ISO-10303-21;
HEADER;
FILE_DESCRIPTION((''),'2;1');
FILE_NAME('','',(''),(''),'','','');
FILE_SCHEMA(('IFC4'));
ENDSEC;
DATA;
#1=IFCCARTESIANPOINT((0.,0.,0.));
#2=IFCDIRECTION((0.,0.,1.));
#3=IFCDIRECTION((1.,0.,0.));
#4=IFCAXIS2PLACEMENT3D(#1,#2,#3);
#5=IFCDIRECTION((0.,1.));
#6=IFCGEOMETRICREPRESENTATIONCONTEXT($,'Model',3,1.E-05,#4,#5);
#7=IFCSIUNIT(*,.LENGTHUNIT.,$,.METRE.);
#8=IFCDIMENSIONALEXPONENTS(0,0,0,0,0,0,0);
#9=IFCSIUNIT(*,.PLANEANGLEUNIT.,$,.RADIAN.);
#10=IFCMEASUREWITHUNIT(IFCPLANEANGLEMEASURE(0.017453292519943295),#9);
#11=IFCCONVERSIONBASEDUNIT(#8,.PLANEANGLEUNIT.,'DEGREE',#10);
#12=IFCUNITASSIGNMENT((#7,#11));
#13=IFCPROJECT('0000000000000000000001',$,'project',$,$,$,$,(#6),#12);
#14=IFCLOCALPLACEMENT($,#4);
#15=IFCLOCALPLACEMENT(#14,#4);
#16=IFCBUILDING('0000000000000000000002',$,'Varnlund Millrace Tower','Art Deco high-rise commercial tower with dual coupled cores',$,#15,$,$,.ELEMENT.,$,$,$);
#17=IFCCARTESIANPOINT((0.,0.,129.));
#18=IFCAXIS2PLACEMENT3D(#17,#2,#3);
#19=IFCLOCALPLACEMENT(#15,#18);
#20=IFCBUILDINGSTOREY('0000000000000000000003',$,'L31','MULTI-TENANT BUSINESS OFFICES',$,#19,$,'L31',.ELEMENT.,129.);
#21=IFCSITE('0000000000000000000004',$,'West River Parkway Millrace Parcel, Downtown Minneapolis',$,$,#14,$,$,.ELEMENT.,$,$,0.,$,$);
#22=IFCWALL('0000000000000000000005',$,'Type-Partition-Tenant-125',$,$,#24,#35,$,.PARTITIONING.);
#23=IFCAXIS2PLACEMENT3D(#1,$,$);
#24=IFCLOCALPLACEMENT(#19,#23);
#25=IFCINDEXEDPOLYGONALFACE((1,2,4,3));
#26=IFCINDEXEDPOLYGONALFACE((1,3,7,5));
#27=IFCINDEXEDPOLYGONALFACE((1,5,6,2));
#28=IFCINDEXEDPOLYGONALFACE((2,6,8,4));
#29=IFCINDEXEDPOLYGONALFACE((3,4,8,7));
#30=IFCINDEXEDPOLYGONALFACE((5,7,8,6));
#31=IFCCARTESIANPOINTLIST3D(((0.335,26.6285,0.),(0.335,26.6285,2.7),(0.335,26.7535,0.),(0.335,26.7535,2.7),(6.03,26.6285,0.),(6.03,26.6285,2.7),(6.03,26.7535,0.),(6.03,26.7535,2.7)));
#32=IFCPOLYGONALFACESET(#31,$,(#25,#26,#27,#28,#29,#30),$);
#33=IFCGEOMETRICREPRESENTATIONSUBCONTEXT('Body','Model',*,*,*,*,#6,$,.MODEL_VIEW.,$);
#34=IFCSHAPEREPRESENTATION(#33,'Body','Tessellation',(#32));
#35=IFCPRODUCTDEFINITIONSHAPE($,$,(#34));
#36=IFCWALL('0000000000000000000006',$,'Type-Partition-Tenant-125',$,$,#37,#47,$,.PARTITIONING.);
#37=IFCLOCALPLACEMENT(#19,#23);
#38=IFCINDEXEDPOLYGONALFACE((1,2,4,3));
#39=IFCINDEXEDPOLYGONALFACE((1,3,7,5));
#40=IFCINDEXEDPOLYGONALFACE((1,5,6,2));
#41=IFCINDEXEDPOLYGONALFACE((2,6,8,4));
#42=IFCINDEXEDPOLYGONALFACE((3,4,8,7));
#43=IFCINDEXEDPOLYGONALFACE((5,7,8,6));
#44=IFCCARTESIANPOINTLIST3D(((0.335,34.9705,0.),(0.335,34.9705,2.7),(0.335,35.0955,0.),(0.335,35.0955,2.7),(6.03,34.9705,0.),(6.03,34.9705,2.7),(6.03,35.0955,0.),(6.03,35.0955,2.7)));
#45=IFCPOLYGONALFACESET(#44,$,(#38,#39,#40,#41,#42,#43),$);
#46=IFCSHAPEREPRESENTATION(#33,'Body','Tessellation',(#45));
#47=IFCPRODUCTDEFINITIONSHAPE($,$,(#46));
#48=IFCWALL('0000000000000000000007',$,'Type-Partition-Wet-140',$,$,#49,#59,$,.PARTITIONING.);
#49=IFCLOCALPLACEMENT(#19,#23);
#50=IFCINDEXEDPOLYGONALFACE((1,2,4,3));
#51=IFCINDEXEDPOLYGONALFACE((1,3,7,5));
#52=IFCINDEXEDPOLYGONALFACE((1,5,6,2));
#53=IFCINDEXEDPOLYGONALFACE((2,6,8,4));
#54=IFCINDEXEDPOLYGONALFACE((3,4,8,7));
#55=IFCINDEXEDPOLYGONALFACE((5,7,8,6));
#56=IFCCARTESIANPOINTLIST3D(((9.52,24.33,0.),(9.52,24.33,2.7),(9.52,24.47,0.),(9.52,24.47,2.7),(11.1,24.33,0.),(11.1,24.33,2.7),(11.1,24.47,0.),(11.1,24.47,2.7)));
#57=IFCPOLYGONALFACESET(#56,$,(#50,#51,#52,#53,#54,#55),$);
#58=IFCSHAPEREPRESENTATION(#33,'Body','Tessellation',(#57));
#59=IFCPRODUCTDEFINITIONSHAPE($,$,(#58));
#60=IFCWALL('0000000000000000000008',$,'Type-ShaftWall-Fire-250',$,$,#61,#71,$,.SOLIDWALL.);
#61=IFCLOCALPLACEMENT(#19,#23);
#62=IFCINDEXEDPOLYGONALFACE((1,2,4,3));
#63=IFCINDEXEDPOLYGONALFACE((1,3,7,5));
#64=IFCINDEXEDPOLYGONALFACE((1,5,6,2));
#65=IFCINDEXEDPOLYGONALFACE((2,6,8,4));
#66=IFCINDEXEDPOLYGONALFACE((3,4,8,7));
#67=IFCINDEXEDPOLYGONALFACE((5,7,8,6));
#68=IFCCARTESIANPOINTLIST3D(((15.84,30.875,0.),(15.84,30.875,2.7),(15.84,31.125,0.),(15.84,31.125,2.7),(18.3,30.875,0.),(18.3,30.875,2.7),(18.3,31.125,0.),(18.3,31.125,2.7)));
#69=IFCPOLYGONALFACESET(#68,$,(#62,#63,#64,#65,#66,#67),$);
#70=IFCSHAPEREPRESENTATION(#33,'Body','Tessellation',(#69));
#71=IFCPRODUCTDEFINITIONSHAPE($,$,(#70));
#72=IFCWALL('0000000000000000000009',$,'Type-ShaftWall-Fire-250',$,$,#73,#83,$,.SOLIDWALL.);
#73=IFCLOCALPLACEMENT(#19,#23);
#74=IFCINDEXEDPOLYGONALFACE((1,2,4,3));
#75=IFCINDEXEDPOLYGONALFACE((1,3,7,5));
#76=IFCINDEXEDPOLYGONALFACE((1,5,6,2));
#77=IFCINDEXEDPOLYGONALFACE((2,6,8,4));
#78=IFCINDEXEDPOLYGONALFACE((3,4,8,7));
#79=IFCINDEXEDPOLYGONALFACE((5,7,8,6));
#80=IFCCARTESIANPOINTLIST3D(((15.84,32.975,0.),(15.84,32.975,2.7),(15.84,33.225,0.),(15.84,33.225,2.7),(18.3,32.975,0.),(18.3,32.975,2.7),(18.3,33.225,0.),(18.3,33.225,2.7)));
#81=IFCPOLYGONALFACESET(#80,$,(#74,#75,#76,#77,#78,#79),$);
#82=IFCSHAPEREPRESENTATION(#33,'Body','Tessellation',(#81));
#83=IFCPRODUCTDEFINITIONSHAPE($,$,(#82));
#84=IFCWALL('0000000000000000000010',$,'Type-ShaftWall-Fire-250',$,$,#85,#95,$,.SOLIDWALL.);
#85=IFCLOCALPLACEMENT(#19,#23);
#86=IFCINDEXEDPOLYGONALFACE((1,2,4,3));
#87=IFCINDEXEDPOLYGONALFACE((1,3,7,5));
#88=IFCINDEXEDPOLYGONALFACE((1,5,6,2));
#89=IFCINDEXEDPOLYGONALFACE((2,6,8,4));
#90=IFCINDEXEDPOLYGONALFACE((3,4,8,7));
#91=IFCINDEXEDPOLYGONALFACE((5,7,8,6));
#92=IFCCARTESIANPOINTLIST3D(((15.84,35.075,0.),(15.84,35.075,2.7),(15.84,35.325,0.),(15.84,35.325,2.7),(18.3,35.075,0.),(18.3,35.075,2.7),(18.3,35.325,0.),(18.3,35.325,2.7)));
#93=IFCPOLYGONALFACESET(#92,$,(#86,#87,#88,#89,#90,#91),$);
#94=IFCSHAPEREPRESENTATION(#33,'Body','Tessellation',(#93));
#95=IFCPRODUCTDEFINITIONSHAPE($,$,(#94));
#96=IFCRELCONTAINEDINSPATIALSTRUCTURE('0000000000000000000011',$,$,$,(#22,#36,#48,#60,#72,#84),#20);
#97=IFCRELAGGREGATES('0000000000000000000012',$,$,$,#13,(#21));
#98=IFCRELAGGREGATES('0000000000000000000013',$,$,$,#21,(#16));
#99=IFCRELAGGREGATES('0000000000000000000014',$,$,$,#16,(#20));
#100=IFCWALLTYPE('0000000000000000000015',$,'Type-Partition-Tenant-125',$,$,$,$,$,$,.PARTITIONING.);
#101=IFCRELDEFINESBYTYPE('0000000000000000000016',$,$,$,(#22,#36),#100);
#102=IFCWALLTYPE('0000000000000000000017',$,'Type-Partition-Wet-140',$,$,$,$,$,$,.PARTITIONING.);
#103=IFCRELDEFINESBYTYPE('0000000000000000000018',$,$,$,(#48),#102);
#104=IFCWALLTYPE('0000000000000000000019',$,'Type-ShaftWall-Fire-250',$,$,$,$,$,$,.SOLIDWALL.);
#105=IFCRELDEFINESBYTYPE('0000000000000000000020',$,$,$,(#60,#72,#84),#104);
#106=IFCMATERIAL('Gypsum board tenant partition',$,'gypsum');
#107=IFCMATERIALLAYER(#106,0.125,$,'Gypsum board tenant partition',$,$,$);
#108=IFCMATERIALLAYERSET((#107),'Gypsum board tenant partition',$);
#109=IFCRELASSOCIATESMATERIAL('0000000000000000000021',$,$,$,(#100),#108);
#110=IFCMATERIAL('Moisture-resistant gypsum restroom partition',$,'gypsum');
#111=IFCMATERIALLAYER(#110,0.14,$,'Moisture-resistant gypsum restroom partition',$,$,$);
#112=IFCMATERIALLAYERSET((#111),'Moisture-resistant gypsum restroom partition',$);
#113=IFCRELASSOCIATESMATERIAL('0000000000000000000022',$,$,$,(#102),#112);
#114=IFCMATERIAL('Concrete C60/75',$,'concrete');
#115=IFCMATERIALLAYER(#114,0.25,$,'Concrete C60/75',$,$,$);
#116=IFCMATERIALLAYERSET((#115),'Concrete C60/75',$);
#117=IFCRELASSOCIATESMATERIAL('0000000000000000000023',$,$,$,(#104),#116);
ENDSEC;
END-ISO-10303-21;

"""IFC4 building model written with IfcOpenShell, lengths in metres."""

from ifc_helpers import new_model, entity, si_unit, converted_unit, direction, frame, origin_with_axes, place, context, subcontext, project, spatial, polyline, outline, extrude, material, layer, layer_set, type_object, element, save


model = new_model("IFC4")

# Units and contexts
model_context = context("Model", 3, precision=1e-05, world=origin_with_axes(), true_north=direction((0.0, 1.0)))
body_context = subcontext(model_context, "Body", "Model", "MODEL_VIEW")
ifc_project = project(units=[si_unit("LENGTHUNIT", "METRE"), converted_unit("PLANEANGLEUNIT", "DEGREE", entity("IfcPlaneAngleMeasure", 0.017453292519943295), si_unit("PLANEANGLEUNIT", "RADIAN"), dimensions=[0, 0, 0, 0, 0, 0, 0])], contexts=[model_context])

# Site, building, storey
site_placement = place(None, origin_with_axes())
site = spatial("IfcSite", under=ifc_project, at=site_placement, Name="West River Parkway Millrace Parcel, Downtown Minneapolis", CompositionType="ELEMENT", RefElevation=0.0)
building_placement = place(site_placement, origin_with_axes())
building = spatial("IfcBuilding", under=site, at=building_placement, Name="Varnlund Millrace Tower", Description="Art Deco high-rise commercial tower with dual coupled cores", CompositionType="ELEMENT")
storey_placement = place(building_placement, frame((0.0, 0.0, 129.0), z_axis=(0.0, 0.0, 1.0), x_axis=(1.0, 0.0, 0.0)))
storey = spatial("IfcBuildingStorey", under=building, at=storey_placement, Name="L31", Description="MULTI-TENANT BUSINESS OFFICES", LongName="L31", CompositionType="ELEMENT", Elevation=129.0)

# Walls
ifc_material_1 = material(Name="Gypsum board tenant partition", Category="gypsum")
ifc_layer_1 = layer(ifc_material_1, 0.125, Name="Gypsum board tenant partition")
ifc_layer_set_1 = layer_set([ifc_layer_1], Name="Gypsum board tenant partition")
wall_type_1 = type_object("IfcWallType", Name="Type-Partition-Tenant-125", PredefinedType="PARTITIONING", material=ifc_layer_set_1)
for number, where, z_axis, x_axis, name in (
    (1, (0.335, 26.691, 0.0), (0.0, 0.0, 1.0), (1.0, 0.0, 0.0), "Type-Partition-Tenant-125"),
    (2, (0.335, 35.033, 0.0), (0.0, 0.0, 1.0), (1.0, 0.0, 0.0), "Type-Partition-Tenant-125"),
):
    element("IfcWall", number, at=place(storey_placement, frame(where, z_axis=z_axis, x_axis=x_axis)), inside=storey, type_object=wall_type_1, Name=name, PredefinedType="PARTITIONING", context=body_context, shape_type="SweptSolid", body=[
        extrude(outline(polyline([(0.0, -0.0625), (5.695, -0.0625), (5.695, 0.0625), (0.0, 0.0625), (0.0, -0.0625)])), origin_with_axes(), (0.0, 0.0, 1.0), 2.7),
    ])
ifc_material_2 = material(Name="Moisture-resistant gypsum restroom partition", Category="gypsum")
ifc_layer_2 = layer(ifc_material_2, 0.14, Name="Moisture-resistant gypsum restroom partition")
ifc_layer_set_2 = layer_set([ifc_layer_2], Name="Moisture-resistant gypsum restroom partition")
wall_type_2 = type_object("IfcWallType", Name="Type-Partition-Wet-140", PredefinedType="PARTITIONING", material=ifc_layer_set_2)
wall_1_placement = place(storey_placement, frame((9.52, 24.4, 0.0), z_axis=(0.0, 0.0, 1.0), x_axis=(1.0, 0.0, 0.0)))
element("IfcWall", 3, at=wall_1_placement, inside=storey, type_object=wall_type_2, Name="Type-Partition-Wet-140", PredefinedType="PARTITIONING", context=body_context, shape_type="SweptSolid", body=[
    extrude(outline(polyline([(0.0, -0.07), (1.58, -0.07), (1.58, 0.07), (0.0, 0.07), (0.0, -0.07)])), origin_with_axes(), (0.0, 0.0, 1.0), 2.7),
])
ifc_material_3 = material(Name="Concrete C60/75", Category="concrete")
ifc_layer_3 = layer(ifc_material_3, 0.25, Name="Concrete C60/75")
ifc_layer_set_3 = layer_set([ifc_layer_3], Name="Concrete C60/75")
wall_type_3 = type_object("IfcWallType", Name="Type-ShaftWall-Fire-250", PredefinedType="SOLIDWALL", material=ifc_layer_set_3)
for number, where, z_axis, x_axis, name in (
    (4, (15.84, 31.0, 0.0), (0.0, 0.0, 1.0), (1.0, 0.0, 0.0), "Type-ShaftWall-Fire-250"),
    (5, (15.84, 33.1, 0.0), (0.0, 0.0, 1.0), (1.0, 0.0, 0.0), "Type-ShaftWall-Fire-250"),
    (6, (15.84, 35.2, 0.0), (0.0, 0.0, 1.0), (1.0, 0.0, 0.0), "Type-ShaftWall-Fire-250"),
):
    element("IfcWall", number, at=place(storey_placement, frame(where, z_axis=z_axis, x_axis=x_axis)), inside=storey, type_object=wall_type_3, Name=name, PredefinedType="SOLIDWALL", context=body_context, shape_type="SweptSolid", body=[
        extrude(outline(polyline([(0.0, -0.125), (2.46, -0.125), (2.46, 0.125), (0.0, 0.125), (0.0, -0.125)])), origin_with_axes(), (0.0, 0.0, 1.0), 2.7),
    ])

save(model, "model.ifc")
